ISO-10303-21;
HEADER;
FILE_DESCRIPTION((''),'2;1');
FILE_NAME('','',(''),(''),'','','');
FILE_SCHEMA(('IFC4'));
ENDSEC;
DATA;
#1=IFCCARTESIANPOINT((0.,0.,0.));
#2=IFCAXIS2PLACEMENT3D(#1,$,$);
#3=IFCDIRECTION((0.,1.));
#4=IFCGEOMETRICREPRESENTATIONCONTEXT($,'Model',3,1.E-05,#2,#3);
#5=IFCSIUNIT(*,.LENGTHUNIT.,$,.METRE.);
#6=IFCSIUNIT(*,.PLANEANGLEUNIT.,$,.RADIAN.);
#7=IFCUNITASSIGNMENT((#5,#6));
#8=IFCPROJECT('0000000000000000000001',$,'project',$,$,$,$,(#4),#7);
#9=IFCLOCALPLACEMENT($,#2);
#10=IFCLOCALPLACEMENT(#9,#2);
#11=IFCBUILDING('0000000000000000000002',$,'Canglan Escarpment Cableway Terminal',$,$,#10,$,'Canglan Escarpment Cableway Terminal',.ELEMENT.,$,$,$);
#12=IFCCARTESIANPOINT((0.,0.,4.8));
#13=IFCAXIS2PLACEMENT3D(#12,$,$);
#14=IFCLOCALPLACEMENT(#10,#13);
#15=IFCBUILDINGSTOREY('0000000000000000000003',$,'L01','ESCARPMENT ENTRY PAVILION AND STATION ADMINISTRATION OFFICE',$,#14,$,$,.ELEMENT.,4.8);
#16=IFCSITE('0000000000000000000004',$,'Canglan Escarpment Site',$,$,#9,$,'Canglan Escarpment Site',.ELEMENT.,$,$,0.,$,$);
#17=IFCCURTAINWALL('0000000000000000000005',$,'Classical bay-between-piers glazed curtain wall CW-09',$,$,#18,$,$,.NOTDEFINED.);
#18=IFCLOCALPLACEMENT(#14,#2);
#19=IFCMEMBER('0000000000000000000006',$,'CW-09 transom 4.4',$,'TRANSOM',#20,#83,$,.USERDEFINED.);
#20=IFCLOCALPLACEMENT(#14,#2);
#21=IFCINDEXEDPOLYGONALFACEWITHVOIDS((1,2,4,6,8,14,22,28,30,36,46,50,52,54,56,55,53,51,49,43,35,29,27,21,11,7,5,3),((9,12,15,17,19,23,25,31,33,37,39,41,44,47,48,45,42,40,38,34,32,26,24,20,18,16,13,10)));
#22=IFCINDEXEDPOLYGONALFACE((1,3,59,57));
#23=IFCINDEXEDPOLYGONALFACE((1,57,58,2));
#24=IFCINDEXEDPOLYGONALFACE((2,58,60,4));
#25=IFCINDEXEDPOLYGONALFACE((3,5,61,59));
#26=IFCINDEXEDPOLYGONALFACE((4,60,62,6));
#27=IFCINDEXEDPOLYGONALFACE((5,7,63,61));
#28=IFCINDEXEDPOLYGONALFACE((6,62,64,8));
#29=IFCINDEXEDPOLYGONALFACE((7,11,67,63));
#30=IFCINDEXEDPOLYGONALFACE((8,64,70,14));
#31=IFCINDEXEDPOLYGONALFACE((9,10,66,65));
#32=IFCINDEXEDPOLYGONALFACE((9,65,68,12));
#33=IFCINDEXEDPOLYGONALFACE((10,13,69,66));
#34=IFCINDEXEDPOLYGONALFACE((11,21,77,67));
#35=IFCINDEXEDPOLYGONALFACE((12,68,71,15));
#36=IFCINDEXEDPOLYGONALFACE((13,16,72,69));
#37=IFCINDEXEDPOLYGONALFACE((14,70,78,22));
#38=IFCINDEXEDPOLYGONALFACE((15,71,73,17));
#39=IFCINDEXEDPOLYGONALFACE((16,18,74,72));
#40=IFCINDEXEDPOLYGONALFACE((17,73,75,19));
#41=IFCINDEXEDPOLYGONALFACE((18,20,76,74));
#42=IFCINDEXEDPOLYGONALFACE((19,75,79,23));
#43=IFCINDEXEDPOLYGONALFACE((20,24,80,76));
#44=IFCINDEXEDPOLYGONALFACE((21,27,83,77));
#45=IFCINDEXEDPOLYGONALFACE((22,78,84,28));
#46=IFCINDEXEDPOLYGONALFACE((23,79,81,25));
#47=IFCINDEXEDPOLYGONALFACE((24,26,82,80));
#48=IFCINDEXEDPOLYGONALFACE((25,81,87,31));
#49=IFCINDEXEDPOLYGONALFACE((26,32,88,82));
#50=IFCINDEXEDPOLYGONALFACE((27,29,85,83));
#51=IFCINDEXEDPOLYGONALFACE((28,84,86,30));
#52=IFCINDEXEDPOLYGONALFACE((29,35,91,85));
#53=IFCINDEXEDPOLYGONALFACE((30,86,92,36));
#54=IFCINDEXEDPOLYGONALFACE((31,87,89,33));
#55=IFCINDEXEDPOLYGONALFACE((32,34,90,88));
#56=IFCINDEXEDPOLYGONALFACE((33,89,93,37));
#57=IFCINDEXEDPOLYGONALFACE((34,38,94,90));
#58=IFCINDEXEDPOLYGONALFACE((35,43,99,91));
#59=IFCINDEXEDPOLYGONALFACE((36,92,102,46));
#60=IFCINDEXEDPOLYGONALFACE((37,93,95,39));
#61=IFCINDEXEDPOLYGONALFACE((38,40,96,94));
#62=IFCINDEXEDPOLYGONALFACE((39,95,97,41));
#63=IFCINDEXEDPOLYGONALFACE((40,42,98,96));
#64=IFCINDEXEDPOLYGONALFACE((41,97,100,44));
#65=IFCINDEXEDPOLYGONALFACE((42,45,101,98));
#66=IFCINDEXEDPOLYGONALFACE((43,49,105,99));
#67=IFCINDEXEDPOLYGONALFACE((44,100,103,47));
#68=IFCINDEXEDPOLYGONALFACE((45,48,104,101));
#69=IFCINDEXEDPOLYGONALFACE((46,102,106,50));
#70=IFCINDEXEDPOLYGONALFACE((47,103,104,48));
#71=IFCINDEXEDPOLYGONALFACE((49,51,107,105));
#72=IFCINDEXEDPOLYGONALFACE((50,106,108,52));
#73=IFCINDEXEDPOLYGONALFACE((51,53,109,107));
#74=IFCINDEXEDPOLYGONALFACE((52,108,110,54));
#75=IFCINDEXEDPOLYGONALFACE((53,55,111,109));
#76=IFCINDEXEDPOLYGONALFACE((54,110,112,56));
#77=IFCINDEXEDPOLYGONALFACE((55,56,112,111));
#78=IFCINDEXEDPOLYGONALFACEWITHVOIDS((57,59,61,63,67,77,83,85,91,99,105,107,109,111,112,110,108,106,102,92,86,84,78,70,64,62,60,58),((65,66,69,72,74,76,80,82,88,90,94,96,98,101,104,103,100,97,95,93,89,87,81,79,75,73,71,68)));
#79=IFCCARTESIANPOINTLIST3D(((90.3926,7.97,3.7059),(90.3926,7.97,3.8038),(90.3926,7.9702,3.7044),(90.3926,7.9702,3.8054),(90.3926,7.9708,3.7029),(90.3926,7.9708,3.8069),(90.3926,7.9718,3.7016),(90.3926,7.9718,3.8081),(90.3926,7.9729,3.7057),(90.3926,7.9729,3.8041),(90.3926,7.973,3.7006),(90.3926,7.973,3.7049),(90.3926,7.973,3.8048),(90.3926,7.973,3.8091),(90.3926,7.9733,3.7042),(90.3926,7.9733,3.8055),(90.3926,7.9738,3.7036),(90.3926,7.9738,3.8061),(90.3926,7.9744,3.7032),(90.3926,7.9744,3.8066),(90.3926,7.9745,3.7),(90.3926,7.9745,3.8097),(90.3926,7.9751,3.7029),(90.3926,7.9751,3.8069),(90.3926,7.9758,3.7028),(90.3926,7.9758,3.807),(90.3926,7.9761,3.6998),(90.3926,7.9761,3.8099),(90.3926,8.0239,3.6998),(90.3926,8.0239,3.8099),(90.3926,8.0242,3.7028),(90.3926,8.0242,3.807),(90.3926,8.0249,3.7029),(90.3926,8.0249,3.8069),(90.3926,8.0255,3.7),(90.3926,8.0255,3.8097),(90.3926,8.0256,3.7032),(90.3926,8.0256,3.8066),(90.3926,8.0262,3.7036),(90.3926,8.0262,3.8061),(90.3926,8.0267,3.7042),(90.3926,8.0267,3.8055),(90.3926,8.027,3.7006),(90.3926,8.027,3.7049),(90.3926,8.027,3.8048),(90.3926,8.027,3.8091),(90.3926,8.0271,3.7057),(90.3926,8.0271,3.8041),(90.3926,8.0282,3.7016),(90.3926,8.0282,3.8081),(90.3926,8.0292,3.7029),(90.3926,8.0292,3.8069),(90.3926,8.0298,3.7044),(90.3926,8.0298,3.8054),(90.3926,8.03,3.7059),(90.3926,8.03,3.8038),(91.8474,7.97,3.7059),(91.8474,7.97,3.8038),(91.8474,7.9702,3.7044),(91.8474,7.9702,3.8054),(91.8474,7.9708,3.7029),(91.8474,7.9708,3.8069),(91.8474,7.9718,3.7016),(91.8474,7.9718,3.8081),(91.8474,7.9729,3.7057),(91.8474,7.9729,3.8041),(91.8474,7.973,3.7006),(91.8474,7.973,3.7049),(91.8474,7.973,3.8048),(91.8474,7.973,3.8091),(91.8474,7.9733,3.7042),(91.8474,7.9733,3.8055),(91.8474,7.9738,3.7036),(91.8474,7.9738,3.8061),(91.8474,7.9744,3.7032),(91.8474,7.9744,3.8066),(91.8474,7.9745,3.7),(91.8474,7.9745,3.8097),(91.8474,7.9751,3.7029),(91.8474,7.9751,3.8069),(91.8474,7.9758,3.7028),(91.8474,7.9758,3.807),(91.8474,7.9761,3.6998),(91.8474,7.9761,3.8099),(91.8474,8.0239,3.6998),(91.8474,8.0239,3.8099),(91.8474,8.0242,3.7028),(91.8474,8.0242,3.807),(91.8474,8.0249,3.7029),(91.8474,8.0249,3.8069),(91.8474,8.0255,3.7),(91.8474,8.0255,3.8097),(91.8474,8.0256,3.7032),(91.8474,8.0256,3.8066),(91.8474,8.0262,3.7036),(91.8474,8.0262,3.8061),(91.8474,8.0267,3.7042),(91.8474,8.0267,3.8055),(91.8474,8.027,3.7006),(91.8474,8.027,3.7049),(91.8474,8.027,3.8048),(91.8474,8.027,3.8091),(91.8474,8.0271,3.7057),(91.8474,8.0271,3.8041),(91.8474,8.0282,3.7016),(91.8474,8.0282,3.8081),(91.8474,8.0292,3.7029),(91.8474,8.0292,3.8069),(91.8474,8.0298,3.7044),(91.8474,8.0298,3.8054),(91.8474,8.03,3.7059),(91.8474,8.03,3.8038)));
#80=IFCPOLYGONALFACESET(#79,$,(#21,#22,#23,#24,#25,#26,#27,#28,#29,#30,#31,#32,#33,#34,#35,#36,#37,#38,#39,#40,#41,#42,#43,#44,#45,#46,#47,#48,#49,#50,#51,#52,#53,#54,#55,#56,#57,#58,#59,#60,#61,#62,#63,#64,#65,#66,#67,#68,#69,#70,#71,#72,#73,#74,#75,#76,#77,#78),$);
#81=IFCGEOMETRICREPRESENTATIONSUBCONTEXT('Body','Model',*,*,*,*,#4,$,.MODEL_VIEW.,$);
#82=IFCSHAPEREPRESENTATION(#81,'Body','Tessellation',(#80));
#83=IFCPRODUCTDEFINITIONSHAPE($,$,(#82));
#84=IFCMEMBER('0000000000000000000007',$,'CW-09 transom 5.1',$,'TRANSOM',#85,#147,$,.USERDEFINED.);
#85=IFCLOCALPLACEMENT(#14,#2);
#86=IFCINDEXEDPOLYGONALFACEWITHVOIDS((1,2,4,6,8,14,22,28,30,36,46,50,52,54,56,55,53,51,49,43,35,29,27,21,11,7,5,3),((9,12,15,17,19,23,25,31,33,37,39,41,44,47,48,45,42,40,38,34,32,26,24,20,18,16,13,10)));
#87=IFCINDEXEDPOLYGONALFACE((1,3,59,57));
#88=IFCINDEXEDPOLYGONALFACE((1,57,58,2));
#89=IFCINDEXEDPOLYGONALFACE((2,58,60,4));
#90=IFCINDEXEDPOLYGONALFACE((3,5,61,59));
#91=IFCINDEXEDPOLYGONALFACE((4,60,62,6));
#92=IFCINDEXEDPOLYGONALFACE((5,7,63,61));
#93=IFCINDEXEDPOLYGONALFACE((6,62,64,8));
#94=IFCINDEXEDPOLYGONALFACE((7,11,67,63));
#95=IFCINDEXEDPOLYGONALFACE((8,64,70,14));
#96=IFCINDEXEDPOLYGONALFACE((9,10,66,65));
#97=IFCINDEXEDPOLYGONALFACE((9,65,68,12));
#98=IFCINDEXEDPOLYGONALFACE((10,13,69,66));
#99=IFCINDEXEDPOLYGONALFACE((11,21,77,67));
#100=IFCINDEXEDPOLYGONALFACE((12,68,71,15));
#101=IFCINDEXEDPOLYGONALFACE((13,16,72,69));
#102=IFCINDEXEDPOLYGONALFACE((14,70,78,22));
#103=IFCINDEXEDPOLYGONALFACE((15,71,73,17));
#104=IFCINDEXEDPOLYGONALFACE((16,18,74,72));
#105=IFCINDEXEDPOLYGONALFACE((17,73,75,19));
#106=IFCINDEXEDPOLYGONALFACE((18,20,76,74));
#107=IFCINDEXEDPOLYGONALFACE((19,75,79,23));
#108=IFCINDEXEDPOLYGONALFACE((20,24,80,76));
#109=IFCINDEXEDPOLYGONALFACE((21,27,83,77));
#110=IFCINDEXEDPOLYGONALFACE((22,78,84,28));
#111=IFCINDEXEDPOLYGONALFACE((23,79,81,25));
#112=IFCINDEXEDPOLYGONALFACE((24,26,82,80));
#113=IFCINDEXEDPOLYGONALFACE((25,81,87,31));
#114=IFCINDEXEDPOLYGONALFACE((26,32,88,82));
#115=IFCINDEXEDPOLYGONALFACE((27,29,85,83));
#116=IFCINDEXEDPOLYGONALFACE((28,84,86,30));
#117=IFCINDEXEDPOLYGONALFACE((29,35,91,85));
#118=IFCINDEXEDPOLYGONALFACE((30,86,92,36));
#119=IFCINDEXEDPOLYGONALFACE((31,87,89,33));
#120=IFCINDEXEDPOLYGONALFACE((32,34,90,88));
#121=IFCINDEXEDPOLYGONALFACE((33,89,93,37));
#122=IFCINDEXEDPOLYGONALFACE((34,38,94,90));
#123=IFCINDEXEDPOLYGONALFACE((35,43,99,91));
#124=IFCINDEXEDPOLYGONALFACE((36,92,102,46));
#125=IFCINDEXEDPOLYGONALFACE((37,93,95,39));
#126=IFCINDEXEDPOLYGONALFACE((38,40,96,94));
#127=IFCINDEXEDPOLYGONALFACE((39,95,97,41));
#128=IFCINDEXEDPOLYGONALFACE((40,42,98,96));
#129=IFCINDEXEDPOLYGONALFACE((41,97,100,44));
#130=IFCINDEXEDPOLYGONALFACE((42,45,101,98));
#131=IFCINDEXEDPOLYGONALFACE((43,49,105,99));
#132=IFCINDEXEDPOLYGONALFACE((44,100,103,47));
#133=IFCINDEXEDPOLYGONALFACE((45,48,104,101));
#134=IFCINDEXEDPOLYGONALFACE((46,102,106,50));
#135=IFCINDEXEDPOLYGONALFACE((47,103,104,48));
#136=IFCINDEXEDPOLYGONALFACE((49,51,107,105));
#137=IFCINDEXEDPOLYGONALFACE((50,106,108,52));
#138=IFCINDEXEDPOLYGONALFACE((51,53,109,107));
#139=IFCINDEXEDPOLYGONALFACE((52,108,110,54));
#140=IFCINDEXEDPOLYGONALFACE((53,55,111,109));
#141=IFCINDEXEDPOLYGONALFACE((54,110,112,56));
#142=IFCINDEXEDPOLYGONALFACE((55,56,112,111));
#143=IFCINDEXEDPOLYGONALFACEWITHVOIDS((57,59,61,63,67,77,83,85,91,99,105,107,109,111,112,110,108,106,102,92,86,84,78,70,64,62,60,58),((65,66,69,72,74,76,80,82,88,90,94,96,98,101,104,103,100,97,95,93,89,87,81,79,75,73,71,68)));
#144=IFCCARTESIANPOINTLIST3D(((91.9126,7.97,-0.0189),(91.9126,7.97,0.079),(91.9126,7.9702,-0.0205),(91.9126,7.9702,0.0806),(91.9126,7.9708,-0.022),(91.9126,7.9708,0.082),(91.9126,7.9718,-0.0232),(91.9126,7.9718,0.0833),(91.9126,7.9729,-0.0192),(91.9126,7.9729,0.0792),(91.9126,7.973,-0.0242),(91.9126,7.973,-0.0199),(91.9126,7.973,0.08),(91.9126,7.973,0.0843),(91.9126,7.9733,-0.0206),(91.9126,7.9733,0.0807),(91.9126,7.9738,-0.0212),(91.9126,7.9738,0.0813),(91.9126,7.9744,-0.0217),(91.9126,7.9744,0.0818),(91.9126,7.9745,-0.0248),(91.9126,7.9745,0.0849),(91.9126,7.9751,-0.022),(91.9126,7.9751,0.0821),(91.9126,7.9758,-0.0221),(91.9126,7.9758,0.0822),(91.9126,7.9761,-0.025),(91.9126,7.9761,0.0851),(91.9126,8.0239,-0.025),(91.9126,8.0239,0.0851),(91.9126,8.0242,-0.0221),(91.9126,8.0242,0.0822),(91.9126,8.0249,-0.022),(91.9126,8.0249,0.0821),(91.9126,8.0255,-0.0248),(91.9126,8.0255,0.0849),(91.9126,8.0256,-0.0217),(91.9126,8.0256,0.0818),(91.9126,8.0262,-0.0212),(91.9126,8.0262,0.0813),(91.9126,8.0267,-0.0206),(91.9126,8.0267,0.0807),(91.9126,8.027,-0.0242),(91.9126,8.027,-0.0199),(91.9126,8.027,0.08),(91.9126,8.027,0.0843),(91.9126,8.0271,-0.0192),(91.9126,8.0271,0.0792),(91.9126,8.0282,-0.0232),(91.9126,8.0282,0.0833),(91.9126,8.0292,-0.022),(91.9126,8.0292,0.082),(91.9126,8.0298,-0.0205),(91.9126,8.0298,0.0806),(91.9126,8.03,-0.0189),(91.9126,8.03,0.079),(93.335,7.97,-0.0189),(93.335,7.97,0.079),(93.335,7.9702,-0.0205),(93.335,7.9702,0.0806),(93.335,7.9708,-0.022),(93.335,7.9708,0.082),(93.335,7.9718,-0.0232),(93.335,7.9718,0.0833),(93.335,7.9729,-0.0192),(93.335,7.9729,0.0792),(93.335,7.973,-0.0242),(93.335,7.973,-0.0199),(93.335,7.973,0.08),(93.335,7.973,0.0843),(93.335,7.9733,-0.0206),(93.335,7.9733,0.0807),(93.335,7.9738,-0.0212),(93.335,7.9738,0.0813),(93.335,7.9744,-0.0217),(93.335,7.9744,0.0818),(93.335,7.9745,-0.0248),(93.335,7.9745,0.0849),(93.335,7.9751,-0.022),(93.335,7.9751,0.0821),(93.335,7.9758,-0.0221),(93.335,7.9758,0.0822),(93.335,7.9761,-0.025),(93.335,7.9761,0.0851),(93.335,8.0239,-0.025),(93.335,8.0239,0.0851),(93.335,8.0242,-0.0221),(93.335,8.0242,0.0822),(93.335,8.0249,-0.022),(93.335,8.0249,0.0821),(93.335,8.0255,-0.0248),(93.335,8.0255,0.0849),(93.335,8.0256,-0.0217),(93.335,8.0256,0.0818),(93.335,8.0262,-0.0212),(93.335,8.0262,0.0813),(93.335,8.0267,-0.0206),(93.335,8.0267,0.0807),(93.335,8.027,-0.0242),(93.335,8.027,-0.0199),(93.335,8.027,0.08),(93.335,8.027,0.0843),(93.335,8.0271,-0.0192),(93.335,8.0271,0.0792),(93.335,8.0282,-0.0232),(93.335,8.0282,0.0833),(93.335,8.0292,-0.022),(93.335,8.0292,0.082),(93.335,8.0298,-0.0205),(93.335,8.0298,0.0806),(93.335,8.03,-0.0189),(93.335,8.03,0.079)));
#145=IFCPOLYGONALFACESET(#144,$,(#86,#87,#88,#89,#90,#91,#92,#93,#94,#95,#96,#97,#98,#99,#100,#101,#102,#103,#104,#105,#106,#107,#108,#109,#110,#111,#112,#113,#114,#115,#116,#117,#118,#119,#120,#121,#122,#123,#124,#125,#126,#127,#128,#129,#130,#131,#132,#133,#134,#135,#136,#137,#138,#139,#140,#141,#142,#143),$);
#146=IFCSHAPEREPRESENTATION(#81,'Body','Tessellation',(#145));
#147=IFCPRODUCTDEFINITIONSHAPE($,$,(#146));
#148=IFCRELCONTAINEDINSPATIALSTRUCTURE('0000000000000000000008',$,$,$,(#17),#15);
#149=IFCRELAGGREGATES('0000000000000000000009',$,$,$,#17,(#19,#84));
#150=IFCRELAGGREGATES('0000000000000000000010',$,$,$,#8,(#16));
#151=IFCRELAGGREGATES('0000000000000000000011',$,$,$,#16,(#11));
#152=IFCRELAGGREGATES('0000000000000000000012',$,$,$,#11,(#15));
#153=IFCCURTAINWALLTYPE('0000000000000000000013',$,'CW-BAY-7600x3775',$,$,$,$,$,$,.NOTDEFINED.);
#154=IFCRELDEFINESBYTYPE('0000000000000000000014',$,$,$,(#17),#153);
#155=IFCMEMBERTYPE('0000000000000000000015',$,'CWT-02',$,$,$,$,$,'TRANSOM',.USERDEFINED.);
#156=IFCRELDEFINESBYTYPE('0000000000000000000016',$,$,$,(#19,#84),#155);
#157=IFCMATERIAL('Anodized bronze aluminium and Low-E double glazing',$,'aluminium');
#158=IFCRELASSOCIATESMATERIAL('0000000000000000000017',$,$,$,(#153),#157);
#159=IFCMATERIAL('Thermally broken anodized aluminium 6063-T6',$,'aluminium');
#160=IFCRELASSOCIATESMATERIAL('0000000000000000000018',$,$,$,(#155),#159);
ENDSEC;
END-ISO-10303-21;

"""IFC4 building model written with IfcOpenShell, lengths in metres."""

from ifc_helpers import new_model, si_unit, direction, frame, origin, origin_2d, place, context, subcontext, project, spatial, hollow_rectangle, extrude, material, material_profile, profile_set, type_object, element, aggregate, save


model = new_model("IFC4")

# Units and contexts
model_context = context("Model", 3, precision=1e-05, world=origin(), true_north=direction((0.0, 1.0)))
body_context = subcontext(model_context, "Body", "Model", "MODEL_VIEW")
ifc_project = project(units=[si_unit("LENGTHUNIT", "METRE"), si_unit("PLANEANGLEUNIT", "RADIAN")], contexts=[model_context])

# Site, building, storey
site_placement = place(None, origin())
site = spatial("IfcSite", under=ifc_project, at=site_placement, Name="Canglan Escarpment Site", LongName="Canglan Escarpment Site", CompositionType="ELEMENT", RefElevation=0.0)
building_placement = place(site_placement, origin())
building = spatial("IfcBuilding", under=site, at=building_placement, Name="Canglan Escarpment Cableway Terminal", LongName="Canglan Escarpment Cableway Terminal", CompositionType="ELEMENT")
storey_placement = place(building_placement, frame((0.0, 0.0, 4.8)))
storey = spatial("IfcBuildingStorey", under=building, at=storey_placement, Name="L01", Description="ESCARPMENT ENTRY PAVILION AND STATION ADMINISTRATION OFFICE", CompositionType="ELEMENT", Elevation=4.8)

# Curtain wall, members
ifc_material_1 = material(Name="Anodized bronze aluminium and Low-E double glazing", Category="aluminium")
curtain_wall_type = type_object("IfcCurtainWallType", Name="CW-BAY-7600x3775", PredefinedType="NOTDEFINED", material=ifc_material_1)
curtain_wall_placement = place(storey_placement, origin())
curtain_wall = element("IfcCurtainWall", 1, at=curtain_wall_placement, inside=storey, type_object=curtain_wall_type, Name="Classical bay-between-piers glazed curtain wall CW-09", PredefinedType="NOTDEFINED")
ifc_material_2 = material(Name="Thermally broken anodized aluminium 6063-T6", Category="aluminium")
ifc_material_profile_1 = material_profile(ifc_material_2, hollow_rectangle(XDim=0.0601, YDim=0.1101, WallThickness=0.0029, InnerFilletRadius=0.0029, OuterFilletRadius=0.0061, at=origin_2d()), Name="ALU-TRAN 60x110x3")
ifc_profile_set_1 = profile_set([ifc_material_profile_1], Name="Thermally broken anodized aluminium 6063-T6")
member_type_1 = type_object("IfcMemberType", Name="CWT-02", ElementType="TRANSOM", PredefinedType="USERDEFINED", material=ifc_profile_set_1)
member_1_placement = place(storey_placement, frame((90.3926, 8.0, 3.7549), z_axis=(1.0, 0.0, 0.0), x_axis=(0.0, 1.0, 0.0)))
member_1 = element("IfcMember", 2, at=member_1_placement, type_object=member_type_1, Name="CW-09 transom 4.4", ObjectType="TRANSOM", PredefinedType="USERDEFINED", context=body_context, shape_type="SweptSolid", body=[
    extrude(hollow_rectangle(XDim=0.0601, YDim=0.1101, WallThickness=0.0029, InnerFilletRadius=0.0029, OuterFilletRadius=0.0061, at=origin_2d()), origin(), (0.0, 0.0, 1.0), 1.4548),
])
member_2_placement = place(storey_placement, frame((91.9126, 8.0, 0.03), z_axis=(1.0, 0.0, 0.0), x_axis=(0.0, 1.0, 0.0)))
member_2 = element("IfcMember", 3, at=member_2_placement, type_object=member_type_1, Name="CW-09 transom 5.1", ObjectType="TRANSOM", PredefinedType="USERDEFINED", context=body_context, shape_type="SweptSolid", body=[
    extrude(hollow_rectangle(XDim=0.0601, YDim=0.1101, WallThickness=0.0029, InnerFilletRadius=0.0029, OuterFilletRadius=0.0061, at=origin_2d()), origin(), (0.0, 0.0, 1.0), 1.4224),
])
aggregate(curtain_wall, [member_1, member_2])

save(model, "model.ifc")
